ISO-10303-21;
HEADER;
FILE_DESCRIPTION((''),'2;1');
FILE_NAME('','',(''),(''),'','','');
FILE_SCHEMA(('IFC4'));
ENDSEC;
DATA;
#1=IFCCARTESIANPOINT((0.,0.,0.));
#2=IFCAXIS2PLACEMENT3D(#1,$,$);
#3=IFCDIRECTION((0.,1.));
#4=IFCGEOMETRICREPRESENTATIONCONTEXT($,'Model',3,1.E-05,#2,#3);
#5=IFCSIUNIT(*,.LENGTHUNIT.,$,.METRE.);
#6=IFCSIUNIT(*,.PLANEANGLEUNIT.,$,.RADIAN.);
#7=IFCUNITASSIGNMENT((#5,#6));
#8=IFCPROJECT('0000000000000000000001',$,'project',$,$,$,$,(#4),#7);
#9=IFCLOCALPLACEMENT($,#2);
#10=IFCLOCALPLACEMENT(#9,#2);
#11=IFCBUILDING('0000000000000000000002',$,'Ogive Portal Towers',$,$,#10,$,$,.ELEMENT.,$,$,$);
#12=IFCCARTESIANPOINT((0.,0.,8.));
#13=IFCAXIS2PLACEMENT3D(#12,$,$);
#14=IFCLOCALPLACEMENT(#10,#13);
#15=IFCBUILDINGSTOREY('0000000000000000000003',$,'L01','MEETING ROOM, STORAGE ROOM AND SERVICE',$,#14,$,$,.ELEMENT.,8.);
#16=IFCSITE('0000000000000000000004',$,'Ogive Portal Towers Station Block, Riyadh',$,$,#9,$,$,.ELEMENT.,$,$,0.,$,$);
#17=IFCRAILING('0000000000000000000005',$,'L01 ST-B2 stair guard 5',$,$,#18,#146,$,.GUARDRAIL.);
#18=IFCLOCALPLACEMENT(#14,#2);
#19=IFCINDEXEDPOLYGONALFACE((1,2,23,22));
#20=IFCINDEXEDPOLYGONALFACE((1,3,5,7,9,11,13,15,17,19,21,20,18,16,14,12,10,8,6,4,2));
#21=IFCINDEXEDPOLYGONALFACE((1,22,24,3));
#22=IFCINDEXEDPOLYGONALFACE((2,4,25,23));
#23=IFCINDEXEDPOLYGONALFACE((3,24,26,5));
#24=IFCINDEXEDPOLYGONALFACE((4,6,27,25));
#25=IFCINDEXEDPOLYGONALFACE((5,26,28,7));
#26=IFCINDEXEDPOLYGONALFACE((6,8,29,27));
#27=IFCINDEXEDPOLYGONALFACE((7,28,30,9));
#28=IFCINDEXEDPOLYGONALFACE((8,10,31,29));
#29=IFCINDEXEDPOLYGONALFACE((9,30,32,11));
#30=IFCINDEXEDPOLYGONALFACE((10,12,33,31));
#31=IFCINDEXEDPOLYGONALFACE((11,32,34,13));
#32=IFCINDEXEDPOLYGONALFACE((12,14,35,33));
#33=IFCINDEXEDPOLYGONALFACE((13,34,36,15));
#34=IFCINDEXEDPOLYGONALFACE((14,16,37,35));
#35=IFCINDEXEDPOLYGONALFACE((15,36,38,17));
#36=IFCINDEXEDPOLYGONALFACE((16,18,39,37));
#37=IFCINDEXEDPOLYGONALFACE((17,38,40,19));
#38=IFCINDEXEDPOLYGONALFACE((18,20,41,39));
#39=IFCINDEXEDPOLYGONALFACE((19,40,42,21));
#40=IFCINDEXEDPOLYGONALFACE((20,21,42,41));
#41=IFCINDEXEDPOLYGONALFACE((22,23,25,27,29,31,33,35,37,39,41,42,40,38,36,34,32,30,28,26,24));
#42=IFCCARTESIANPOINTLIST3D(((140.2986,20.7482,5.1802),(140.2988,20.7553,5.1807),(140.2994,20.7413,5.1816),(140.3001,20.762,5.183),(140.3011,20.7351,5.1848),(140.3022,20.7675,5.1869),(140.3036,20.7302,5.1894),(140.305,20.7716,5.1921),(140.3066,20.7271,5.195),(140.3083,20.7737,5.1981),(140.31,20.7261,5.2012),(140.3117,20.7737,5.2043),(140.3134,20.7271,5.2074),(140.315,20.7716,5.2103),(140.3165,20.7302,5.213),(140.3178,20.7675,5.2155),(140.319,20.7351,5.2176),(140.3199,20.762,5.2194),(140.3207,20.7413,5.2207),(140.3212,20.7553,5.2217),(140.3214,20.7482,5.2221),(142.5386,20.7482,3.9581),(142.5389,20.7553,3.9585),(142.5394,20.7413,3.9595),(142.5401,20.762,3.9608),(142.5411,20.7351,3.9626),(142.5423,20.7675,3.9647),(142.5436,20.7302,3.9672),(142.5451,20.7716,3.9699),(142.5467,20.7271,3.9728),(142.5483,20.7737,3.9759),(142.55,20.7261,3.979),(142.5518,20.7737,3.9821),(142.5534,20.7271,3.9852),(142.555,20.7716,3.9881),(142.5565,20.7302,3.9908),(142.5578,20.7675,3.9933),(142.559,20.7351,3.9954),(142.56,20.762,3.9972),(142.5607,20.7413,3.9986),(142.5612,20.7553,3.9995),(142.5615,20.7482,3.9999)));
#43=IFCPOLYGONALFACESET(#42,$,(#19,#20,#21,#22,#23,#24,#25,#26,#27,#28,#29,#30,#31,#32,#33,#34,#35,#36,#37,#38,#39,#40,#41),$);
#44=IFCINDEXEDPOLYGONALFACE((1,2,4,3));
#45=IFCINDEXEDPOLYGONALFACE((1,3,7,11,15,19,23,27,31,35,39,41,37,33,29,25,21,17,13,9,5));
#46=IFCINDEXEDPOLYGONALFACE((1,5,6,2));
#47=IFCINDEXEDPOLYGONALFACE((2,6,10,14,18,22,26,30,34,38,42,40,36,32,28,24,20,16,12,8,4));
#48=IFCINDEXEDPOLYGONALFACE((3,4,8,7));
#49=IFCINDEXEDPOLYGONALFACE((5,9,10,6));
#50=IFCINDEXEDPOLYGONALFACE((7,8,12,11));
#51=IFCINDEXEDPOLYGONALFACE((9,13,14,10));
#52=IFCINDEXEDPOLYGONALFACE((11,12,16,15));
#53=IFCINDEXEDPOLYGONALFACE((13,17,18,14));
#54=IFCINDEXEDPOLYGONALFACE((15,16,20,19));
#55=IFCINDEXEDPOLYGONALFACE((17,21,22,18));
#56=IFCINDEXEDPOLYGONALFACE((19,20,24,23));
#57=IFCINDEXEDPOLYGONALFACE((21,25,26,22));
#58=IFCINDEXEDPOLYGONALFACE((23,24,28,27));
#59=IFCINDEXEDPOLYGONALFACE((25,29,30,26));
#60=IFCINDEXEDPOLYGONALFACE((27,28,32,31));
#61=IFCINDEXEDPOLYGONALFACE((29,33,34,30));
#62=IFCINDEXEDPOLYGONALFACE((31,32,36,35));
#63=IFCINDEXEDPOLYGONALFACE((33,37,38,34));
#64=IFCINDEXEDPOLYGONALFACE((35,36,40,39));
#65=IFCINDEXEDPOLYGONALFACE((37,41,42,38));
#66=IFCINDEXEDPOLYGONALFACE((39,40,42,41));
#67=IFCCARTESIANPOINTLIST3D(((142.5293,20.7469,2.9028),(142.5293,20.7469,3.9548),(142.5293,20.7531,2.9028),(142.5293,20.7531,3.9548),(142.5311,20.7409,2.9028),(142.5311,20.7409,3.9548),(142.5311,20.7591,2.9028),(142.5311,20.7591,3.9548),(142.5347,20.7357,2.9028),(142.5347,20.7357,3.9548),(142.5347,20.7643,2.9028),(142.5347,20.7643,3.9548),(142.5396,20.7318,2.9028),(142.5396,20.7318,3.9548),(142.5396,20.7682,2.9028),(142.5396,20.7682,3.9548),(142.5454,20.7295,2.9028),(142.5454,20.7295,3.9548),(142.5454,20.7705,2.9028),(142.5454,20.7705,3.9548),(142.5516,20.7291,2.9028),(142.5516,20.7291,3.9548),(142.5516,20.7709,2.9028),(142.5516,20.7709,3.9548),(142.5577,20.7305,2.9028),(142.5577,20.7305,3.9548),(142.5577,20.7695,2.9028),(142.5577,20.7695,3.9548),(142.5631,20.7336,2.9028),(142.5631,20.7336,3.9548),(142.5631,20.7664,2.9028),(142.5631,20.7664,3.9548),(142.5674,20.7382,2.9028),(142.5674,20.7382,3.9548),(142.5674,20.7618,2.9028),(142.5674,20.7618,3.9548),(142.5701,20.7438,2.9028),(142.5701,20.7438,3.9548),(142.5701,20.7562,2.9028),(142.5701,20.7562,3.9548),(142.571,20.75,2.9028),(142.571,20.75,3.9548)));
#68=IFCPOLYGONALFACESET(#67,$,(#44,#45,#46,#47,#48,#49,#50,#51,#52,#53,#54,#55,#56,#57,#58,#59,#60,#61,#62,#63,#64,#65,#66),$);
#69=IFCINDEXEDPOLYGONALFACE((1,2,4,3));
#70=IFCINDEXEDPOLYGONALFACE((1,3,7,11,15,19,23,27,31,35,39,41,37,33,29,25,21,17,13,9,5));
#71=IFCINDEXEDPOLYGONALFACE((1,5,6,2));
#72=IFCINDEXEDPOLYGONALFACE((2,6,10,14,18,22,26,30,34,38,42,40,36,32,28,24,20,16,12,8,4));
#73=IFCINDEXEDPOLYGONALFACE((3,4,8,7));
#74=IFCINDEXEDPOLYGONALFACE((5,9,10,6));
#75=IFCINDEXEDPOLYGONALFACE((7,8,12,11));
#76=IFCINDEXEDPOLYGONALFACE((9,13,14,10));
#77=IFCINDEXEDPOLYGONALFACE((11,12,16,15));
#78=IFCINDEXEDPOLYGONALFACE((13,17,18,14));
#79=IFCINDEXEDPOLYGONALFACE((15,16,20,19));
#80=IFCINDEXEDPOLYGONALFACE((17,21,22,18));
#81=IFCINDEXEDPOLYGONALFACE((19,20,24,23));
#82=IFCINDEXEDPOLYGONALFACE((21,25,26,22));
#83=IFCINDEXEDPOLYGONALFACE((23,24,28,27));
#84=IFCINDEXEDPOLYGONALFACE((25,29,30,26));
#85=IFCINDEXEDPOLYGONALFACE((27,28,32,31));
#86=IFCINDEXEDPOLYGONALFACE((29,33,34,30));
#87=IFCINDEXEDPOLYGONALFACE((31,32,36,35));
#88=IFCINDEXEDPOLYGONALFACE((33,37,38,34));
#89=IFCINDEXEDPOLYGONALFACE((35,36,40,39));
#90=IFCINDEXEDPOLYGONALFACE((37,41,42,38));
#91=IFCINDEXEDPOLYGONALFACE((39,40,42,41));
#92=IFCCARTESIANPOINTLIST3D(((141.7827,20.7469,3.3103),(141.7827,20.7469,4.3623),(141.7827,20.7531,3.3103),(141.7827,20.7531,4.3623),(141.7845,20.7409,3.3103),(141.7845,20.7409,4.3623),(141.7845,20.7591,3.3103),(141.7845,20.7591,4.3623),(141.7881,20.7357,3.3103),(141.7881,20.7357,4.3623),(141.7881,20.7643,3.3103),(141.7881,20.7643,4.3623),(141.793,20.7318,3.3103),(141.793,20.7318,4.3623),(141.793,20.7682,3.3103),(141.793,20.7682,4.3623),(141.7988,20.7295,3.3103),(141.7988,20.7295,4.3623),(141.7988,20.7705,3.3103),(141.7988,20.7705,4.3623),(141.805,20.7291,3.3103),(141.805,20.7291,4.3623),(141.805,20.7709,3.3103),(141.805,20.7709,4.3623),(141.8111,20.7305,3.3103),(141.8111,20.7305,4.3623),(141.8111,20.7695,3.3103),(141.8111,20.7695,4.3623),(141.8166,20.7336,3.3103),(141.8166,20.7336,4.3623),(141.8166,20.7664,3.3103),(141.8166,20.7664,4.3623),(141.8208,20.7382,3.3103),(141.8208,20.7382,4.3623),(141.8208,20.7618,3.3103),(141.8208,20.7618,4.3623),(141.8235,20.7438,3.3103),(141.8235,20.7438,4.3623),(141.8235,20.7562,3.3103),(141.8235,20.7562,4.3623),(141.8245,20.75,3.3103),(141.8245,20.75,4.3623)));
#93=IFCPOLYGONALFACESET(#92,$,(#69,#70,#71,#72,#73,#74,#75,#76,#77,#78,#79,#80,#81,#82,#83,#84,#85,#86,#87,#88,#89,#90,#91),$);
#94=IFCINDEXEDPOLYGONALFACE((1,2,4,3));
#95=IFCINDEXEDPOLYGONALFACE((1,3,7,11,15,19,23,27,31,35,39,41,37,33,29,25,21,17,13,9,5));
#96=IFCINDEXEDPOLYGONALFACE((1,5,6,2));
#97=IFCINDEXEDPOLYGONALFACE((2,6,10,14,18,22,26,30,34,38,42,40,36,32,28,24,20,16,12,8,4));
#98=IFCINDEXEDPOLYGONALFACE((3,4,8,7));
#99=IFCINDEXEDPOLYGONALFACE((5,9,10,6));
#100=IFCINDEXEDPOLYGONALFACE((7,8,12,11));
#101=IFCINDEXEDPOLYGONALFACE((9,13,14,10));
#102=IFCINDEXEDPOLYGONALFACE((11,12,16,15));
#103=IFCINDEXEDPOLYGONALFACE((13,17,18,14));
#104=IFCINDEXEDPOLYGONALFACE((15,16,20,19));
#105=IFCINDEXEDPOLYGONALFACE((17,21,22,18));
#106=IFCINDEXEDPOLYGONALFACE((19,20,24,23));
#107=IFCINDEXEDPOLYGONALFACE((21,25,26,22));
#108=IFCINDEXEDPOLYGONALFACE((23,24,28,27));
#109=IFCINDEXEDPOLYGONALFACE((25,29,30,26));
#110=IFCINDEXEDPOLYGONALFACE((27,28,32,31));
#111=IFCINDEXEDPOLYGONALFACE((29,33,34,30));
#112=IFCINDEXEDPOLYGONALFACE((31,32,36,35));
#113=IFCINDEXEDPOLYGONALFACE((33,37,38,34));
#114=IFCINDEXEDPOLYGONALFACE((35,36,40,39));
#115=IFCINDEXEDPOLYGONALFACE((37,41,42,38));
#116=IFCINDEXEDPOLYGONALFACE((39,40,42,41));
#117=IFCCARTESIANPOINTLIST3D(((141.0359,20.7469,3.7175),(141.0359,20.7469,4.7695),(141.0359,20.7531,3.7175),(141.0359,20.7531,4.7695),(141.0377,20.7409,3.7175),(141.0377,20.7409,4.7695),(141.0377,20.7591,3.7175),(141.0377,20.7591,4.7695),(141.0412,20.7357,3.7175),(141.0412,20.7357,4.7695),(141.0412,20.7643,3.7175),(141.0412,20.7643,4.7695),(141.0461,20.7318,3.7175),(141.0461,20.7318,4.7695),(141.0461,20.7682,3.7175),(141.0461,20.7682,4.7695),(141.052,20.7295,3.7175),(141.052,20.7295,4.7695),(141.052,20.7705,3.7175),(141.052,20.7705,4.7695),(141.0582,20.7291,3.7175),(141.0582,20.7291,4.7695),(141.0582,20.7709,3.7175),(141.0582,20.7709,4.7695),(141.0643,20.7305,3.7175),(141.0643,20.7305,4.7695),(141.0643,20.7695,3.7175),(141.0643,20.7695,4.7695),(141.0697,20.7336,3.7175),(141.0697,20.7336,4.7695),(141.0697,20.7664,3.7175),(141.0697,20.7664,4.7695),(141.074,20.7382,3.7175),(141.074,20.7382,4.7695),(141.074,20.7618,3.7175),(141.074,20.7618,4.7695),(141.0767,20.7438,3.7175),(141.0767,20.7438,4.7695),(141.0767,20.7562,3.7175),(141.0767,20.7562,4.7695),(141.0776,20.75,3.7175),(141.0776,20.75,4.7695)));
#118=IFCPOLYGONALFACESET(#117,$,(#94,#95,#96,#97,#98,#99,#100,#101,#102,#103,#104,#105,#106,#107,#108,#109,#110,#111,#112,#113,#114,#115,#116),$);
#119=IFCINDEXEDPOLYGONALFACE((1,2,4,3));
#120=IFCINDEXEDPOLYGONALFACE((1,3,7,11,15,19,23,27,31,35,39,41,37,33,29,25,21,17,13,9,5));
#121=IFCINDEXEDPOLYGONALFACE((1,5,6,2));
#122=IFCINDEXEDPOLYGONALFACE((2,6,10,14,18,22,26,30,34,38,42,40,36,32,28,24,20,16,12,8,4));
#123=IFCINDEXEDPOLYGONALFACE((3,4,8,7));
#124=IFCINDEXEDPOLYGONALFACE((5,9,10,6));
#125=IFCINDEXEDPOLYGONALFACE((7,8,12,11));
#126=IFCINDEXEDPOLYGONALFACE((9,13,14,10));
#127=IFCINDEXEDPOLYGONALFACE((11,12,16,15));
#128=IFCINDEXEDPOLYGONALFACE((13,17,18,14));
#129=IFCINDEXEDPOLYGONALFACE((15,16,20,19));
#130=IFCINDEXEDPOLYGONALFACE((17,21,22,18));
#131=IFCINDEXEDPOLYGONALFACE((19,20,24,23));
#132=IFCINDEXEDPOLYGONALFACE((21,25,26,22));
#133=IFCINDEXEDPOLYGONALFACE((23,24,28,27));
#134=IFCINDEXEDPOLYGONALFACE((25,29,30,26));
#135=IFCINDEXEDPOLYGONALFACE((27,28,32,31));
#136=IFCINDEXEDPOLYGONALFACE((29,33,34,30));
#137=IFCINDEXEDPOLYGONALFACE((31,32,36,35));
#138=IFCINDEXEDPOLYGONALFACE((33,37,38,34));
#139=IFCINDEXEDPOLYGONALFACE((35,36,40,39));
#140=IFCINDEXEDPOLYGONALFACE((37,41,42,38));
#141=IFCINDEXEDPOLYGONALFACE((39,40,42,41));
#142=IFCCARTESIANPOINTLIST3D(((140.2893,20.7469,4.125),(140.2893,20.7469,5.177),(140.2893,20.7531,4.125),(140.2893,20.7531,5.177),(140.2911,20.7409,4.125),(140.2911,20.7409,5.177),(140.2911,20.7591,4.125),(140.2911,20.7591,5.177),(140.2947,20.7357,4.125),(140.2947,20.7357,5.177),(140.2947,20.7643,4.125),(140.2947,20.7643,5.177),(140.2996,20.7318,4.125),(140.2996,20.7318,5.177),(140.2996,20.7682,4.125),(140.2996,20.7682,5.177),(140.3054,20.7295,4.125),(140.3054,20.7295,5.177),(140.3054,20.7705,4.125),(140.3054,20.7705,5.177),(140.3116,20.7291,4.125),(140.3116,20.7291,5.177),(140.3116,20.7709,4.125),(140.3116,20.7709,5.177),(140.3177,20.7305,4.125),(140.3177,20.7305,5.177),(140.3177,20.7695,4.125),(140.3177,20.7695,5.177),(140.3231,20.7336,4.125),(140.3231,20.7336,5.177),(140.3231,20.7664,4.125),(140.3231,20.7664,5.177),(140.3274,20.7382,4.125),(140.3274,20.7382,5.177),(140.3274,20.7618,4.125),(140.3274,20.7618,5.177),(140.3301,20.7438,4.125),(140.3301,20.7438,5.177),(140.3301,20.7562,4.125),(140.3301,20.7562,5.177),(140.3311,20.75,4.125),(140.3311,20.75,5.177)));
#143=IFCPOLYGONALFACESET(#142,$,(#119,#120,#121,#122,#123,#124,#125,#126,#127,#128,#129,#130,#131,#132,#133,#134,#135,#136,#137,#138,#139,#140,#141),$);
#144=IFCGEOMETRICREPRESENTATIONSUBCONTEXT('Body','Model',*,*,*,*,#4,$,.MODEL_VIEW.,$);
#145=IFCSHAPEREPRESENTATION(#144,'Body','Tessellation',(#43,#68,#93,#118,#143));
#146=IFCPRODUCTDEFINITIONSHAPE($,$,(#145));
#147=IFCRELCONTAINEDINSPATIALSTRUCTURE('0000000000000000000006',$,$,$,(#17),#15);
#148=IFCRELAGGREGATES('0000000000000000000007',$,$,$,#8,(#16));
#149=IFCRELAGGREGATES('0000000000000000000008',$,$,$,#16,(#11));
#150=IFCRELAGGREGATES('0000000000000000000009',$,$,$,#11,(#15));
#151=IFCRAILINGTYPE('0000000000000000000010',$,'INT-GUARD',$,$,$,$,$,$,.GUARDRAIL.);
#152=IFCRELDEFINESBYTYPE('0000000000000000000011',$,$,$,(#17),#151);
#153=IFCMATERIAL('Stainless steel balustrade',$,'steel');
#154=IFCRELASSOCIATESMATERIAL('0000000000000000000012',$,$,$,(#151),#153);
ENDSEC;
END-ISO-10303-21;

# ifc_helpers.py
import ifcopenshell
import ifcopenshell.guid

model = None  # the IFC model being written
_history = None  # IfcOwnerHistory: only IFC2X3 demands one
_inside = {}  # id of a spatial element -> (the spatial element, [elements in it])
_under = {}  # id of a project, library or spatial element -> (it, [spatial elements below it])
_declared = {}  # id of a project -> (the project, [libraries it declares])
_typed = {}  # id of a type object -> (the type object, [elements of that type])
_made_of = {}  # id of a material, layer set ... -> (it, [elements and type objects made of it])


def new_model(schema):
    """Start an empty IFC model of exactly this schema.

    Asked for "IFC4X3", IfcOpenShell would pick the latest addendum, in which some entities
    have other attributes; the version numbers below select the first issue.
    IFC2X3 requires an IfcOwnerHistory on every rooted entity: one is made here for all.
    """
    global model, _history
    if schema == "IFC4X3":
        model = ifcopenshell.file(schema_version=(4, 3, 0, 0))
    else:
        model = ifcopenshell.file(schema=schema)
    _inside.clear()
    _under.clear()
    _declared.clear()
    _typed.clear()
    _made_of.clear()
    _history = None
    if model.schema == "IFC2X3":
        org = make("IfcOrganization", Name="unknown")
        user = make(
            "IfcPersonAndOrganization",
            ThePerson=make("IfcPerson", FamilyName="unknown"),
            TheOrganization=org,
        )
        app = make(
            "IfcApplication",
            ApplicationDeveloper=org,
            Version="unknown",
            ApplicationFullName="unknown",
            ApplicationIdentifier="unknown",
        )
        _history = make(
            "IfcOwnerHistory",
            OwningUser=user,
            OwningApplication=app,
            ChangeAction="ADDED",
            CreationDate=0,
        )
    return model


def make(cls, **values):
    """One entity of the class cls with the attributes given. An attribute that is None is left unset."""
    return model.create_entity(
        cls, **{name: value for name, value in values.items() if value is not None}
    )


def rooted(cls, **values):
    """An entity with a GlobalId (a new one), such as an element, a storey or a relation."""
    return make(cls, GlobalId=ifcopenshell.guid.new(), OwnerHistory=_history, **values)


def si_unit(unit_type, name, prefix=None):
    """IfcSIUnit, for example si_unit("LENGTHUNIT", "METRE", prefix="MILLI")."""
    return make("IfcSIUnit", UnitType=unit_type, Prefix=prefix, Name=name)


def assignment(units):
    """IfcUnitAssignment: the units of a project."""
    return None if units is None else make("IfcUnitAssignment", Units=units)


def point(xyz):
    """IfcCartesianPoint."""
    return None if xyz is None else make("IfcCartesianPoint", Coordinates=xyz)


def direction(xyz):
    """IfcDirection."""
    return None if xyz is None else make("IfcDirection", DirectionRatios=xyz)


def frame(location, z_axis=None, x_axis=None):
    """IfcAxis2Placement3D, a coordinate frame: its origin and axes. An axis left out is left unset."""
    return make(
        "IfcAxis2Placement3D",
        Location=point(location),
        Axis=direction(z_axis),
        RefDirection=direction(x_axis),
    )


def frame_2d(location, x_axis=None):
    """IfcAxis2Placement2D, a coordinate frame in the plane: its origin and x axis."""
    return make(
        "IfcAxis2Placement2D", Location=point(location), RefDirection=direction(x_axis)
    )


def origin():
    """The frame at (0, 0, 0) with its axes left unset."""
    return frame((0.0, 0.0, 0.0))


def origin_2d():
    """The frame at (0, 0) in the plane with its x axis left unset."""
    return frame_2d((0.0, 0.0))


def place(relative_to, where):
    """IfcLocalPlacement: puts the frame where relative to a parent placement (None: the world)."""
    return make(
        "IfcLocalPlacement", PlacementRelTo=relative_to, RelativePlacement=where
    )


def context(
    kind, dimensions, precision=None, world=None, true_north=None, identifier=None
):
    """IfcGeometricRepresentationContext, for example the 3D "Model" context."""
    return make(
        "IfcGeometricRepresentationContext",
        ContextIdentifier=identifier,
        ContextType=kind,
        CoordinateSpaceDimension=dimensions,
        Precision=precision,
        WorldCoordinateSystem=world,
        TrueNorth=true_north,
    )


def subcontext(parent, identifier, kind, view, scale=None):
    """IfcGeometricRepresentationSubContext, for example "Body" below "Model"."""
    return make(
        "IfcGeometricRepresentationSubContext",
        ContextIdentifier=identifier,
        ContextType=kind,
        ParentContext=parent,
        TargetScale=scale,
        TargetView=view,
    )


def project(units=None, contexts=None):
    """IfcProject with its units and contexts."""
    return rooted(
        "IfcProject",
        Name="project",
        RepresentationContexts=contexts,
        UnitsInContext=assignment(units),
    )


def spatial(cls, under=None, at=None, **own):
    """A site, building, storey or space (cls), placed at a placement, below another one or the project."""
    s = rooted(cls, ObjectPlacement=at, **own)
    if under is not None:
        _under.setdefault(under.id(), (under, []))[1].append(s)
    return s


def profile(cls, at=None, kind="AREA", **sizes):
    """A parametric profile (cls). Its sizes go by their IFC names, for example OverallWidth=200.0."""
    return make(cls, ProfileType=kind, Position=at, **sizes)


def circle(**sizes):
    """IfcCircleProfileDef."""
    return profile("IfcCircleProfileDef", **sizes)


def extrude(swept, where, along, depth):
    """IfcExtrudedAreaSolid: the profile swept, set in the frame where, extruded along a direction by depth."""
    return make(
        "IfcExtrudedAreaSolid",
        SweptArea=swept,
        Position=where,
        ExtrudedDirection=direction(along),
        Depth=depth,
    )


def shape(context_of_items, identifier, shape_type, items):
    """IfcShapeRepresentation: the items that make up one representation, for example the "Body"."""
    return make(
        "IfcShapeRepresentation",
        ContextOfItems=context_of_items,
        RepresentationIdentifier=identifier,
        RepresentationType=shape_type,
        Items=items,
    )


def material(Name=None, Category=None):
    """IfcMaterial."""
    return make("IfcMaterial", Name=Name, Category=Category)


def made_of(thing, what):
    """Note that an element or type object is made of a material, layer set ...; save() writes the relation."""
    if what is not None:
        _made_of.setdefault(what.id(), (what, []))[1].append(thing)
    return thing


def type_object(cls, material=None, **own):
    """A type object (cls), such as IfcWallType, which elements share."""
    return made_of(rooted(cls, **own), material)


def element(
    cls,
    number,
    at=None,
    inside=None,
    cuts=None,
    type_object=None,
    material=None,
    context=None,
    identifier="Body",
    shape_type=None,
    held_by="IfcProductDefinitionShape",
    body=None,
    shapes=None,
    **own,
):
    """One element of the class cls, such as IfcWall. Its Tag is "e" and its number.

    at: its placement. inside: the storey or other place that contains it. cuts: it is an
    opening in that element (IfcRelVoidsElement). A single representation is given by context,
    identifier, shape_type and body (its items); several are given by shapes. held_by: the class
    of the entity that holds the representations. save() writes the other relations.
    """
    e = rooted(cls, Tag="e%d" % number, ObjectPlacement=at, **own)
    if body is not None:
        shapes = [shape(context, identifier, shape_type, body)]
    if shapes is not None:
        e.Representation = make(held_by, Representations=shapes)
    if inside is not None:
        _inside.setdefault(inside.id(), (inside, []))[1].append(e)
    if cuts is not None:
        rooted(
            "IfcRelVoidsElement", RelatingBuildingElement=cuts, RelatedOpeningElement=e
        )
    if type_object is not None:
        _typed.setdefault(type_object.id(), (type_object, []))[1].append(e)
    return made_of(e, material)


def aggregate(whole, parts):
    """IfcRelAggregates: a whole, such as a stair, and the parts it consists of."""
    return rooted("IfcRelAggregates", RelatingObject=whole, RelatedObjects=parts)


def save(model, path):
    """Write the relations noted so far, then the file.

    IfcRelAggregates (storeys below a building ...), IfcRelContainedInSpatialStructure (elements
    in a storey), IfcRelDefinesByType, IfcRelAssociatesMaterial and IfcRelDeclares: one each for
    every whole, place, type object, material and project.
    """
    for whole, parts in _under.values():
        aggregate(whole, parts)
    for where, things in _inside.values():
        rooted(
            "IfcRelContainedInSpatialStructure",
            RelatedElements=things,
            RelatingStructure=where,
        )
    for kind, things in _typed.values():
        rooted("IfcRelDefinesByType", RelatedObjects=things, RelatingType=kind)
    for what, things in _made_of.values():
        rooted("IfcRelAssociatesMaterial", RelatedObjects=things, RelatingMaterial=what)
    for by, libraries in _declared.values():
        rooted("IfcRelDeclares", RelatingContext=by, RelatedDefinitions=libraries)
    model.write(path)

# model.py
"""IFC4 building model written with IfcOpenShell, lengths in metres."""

from ifc_helpers import new_model, si_unit, direction, frame, origin, origin_2d, place, context, subcontext, project, spatial, circle, extrude, material, type_object, element, save


model = new_model("IFC4")

# Units and contexts
model_context = context("Model", 3, precision=1e-05, world=origin(), true_north=direction((0.0, 1.0)))
body_context = subcontext(model_context, "Body", "Model", "MODEL_VIEW")
ifc_project = project(units=[si_unit("LENGTHUNIT", "METRE"), si_unit("PLANEANGLEUNIT", "RADIAN")], contexts=[model_context])

# Site, building, storey
site_placement = place(None, origin())
site = spatial("IfcSite", under=ifc_project, at=site_placement, Name="Ogive Portal Towers Station Block, Riyadh", CompositionType="ELEMENT", RefElevation=0.0)
building_placement = place(site_placement, origin())
building = spatial("IfcBuilding", under=site, at=building_placement, Name="Ogive Portal Towers", CompositionType="ELEMENT")
storey_placement = place(building_placement, frame((0.0, 0.0, 8.0)))
storey = spatial("IfcBuildingStorey", under=building, at=storey_placement, Name="L01", Description="MEETING ROOM, STORAGE ROOM AND SERVICE", CompositionType="ELEMENT", Elevation=8.0)

# Railing
ifc_material_1 = material(Name="Stainless steel balustrade", Category="steel")
railing_type_1 = type_object("IfcRailingType", Name="INT-GUARD", PredefinedType="GUARDRAIL", material=ifc_material_1)
railing_1_placement = place(storey_placement, frame((142.55, 20.75, 2.9028)))
element("IfcRailing", 1, at=railing_1_placement, inside=storey, type_object=railing_type_1, Name="L01 ST-B2 stair guard 5", PredefinedType="GUARDRAIL", context=body_context, shape_type="SweptSolid", body=[
    extrude(circle(Radius=0.0239, at=origin_2d()), frame((0.0, 0.0, 1.0762), z_axis=(-0.877837, 0.0, 0.478959), x_axis=(0.0, -1.0, 0.0)), (0.0, 0.0, 1.0), 2.5518),
    extrude(circle(Radius=0.021, at=origin_2d()), origin(), (0.0, 0.0, 1.0), 1.052),
    extrude(circle(Radius=0.021, at=origin_2d()), frame((-0.7466, 0.0, 0.4075)), (0.0, 0.0, 1.0), 1.052),
    extrude(circle(Radius=0.021, at=origin_2d()), frame((-1.4934, 0.0, 0.8147)), (0.0, 0.0, 1.0), 1.052),
    extrude(circle(Radius=0.021, at=origin_2d()), frame((-2.24, 0.0, 1.2222)), (0.0, 0.0, 1.0), 1.052),
])

save(model, "model.ifc")
